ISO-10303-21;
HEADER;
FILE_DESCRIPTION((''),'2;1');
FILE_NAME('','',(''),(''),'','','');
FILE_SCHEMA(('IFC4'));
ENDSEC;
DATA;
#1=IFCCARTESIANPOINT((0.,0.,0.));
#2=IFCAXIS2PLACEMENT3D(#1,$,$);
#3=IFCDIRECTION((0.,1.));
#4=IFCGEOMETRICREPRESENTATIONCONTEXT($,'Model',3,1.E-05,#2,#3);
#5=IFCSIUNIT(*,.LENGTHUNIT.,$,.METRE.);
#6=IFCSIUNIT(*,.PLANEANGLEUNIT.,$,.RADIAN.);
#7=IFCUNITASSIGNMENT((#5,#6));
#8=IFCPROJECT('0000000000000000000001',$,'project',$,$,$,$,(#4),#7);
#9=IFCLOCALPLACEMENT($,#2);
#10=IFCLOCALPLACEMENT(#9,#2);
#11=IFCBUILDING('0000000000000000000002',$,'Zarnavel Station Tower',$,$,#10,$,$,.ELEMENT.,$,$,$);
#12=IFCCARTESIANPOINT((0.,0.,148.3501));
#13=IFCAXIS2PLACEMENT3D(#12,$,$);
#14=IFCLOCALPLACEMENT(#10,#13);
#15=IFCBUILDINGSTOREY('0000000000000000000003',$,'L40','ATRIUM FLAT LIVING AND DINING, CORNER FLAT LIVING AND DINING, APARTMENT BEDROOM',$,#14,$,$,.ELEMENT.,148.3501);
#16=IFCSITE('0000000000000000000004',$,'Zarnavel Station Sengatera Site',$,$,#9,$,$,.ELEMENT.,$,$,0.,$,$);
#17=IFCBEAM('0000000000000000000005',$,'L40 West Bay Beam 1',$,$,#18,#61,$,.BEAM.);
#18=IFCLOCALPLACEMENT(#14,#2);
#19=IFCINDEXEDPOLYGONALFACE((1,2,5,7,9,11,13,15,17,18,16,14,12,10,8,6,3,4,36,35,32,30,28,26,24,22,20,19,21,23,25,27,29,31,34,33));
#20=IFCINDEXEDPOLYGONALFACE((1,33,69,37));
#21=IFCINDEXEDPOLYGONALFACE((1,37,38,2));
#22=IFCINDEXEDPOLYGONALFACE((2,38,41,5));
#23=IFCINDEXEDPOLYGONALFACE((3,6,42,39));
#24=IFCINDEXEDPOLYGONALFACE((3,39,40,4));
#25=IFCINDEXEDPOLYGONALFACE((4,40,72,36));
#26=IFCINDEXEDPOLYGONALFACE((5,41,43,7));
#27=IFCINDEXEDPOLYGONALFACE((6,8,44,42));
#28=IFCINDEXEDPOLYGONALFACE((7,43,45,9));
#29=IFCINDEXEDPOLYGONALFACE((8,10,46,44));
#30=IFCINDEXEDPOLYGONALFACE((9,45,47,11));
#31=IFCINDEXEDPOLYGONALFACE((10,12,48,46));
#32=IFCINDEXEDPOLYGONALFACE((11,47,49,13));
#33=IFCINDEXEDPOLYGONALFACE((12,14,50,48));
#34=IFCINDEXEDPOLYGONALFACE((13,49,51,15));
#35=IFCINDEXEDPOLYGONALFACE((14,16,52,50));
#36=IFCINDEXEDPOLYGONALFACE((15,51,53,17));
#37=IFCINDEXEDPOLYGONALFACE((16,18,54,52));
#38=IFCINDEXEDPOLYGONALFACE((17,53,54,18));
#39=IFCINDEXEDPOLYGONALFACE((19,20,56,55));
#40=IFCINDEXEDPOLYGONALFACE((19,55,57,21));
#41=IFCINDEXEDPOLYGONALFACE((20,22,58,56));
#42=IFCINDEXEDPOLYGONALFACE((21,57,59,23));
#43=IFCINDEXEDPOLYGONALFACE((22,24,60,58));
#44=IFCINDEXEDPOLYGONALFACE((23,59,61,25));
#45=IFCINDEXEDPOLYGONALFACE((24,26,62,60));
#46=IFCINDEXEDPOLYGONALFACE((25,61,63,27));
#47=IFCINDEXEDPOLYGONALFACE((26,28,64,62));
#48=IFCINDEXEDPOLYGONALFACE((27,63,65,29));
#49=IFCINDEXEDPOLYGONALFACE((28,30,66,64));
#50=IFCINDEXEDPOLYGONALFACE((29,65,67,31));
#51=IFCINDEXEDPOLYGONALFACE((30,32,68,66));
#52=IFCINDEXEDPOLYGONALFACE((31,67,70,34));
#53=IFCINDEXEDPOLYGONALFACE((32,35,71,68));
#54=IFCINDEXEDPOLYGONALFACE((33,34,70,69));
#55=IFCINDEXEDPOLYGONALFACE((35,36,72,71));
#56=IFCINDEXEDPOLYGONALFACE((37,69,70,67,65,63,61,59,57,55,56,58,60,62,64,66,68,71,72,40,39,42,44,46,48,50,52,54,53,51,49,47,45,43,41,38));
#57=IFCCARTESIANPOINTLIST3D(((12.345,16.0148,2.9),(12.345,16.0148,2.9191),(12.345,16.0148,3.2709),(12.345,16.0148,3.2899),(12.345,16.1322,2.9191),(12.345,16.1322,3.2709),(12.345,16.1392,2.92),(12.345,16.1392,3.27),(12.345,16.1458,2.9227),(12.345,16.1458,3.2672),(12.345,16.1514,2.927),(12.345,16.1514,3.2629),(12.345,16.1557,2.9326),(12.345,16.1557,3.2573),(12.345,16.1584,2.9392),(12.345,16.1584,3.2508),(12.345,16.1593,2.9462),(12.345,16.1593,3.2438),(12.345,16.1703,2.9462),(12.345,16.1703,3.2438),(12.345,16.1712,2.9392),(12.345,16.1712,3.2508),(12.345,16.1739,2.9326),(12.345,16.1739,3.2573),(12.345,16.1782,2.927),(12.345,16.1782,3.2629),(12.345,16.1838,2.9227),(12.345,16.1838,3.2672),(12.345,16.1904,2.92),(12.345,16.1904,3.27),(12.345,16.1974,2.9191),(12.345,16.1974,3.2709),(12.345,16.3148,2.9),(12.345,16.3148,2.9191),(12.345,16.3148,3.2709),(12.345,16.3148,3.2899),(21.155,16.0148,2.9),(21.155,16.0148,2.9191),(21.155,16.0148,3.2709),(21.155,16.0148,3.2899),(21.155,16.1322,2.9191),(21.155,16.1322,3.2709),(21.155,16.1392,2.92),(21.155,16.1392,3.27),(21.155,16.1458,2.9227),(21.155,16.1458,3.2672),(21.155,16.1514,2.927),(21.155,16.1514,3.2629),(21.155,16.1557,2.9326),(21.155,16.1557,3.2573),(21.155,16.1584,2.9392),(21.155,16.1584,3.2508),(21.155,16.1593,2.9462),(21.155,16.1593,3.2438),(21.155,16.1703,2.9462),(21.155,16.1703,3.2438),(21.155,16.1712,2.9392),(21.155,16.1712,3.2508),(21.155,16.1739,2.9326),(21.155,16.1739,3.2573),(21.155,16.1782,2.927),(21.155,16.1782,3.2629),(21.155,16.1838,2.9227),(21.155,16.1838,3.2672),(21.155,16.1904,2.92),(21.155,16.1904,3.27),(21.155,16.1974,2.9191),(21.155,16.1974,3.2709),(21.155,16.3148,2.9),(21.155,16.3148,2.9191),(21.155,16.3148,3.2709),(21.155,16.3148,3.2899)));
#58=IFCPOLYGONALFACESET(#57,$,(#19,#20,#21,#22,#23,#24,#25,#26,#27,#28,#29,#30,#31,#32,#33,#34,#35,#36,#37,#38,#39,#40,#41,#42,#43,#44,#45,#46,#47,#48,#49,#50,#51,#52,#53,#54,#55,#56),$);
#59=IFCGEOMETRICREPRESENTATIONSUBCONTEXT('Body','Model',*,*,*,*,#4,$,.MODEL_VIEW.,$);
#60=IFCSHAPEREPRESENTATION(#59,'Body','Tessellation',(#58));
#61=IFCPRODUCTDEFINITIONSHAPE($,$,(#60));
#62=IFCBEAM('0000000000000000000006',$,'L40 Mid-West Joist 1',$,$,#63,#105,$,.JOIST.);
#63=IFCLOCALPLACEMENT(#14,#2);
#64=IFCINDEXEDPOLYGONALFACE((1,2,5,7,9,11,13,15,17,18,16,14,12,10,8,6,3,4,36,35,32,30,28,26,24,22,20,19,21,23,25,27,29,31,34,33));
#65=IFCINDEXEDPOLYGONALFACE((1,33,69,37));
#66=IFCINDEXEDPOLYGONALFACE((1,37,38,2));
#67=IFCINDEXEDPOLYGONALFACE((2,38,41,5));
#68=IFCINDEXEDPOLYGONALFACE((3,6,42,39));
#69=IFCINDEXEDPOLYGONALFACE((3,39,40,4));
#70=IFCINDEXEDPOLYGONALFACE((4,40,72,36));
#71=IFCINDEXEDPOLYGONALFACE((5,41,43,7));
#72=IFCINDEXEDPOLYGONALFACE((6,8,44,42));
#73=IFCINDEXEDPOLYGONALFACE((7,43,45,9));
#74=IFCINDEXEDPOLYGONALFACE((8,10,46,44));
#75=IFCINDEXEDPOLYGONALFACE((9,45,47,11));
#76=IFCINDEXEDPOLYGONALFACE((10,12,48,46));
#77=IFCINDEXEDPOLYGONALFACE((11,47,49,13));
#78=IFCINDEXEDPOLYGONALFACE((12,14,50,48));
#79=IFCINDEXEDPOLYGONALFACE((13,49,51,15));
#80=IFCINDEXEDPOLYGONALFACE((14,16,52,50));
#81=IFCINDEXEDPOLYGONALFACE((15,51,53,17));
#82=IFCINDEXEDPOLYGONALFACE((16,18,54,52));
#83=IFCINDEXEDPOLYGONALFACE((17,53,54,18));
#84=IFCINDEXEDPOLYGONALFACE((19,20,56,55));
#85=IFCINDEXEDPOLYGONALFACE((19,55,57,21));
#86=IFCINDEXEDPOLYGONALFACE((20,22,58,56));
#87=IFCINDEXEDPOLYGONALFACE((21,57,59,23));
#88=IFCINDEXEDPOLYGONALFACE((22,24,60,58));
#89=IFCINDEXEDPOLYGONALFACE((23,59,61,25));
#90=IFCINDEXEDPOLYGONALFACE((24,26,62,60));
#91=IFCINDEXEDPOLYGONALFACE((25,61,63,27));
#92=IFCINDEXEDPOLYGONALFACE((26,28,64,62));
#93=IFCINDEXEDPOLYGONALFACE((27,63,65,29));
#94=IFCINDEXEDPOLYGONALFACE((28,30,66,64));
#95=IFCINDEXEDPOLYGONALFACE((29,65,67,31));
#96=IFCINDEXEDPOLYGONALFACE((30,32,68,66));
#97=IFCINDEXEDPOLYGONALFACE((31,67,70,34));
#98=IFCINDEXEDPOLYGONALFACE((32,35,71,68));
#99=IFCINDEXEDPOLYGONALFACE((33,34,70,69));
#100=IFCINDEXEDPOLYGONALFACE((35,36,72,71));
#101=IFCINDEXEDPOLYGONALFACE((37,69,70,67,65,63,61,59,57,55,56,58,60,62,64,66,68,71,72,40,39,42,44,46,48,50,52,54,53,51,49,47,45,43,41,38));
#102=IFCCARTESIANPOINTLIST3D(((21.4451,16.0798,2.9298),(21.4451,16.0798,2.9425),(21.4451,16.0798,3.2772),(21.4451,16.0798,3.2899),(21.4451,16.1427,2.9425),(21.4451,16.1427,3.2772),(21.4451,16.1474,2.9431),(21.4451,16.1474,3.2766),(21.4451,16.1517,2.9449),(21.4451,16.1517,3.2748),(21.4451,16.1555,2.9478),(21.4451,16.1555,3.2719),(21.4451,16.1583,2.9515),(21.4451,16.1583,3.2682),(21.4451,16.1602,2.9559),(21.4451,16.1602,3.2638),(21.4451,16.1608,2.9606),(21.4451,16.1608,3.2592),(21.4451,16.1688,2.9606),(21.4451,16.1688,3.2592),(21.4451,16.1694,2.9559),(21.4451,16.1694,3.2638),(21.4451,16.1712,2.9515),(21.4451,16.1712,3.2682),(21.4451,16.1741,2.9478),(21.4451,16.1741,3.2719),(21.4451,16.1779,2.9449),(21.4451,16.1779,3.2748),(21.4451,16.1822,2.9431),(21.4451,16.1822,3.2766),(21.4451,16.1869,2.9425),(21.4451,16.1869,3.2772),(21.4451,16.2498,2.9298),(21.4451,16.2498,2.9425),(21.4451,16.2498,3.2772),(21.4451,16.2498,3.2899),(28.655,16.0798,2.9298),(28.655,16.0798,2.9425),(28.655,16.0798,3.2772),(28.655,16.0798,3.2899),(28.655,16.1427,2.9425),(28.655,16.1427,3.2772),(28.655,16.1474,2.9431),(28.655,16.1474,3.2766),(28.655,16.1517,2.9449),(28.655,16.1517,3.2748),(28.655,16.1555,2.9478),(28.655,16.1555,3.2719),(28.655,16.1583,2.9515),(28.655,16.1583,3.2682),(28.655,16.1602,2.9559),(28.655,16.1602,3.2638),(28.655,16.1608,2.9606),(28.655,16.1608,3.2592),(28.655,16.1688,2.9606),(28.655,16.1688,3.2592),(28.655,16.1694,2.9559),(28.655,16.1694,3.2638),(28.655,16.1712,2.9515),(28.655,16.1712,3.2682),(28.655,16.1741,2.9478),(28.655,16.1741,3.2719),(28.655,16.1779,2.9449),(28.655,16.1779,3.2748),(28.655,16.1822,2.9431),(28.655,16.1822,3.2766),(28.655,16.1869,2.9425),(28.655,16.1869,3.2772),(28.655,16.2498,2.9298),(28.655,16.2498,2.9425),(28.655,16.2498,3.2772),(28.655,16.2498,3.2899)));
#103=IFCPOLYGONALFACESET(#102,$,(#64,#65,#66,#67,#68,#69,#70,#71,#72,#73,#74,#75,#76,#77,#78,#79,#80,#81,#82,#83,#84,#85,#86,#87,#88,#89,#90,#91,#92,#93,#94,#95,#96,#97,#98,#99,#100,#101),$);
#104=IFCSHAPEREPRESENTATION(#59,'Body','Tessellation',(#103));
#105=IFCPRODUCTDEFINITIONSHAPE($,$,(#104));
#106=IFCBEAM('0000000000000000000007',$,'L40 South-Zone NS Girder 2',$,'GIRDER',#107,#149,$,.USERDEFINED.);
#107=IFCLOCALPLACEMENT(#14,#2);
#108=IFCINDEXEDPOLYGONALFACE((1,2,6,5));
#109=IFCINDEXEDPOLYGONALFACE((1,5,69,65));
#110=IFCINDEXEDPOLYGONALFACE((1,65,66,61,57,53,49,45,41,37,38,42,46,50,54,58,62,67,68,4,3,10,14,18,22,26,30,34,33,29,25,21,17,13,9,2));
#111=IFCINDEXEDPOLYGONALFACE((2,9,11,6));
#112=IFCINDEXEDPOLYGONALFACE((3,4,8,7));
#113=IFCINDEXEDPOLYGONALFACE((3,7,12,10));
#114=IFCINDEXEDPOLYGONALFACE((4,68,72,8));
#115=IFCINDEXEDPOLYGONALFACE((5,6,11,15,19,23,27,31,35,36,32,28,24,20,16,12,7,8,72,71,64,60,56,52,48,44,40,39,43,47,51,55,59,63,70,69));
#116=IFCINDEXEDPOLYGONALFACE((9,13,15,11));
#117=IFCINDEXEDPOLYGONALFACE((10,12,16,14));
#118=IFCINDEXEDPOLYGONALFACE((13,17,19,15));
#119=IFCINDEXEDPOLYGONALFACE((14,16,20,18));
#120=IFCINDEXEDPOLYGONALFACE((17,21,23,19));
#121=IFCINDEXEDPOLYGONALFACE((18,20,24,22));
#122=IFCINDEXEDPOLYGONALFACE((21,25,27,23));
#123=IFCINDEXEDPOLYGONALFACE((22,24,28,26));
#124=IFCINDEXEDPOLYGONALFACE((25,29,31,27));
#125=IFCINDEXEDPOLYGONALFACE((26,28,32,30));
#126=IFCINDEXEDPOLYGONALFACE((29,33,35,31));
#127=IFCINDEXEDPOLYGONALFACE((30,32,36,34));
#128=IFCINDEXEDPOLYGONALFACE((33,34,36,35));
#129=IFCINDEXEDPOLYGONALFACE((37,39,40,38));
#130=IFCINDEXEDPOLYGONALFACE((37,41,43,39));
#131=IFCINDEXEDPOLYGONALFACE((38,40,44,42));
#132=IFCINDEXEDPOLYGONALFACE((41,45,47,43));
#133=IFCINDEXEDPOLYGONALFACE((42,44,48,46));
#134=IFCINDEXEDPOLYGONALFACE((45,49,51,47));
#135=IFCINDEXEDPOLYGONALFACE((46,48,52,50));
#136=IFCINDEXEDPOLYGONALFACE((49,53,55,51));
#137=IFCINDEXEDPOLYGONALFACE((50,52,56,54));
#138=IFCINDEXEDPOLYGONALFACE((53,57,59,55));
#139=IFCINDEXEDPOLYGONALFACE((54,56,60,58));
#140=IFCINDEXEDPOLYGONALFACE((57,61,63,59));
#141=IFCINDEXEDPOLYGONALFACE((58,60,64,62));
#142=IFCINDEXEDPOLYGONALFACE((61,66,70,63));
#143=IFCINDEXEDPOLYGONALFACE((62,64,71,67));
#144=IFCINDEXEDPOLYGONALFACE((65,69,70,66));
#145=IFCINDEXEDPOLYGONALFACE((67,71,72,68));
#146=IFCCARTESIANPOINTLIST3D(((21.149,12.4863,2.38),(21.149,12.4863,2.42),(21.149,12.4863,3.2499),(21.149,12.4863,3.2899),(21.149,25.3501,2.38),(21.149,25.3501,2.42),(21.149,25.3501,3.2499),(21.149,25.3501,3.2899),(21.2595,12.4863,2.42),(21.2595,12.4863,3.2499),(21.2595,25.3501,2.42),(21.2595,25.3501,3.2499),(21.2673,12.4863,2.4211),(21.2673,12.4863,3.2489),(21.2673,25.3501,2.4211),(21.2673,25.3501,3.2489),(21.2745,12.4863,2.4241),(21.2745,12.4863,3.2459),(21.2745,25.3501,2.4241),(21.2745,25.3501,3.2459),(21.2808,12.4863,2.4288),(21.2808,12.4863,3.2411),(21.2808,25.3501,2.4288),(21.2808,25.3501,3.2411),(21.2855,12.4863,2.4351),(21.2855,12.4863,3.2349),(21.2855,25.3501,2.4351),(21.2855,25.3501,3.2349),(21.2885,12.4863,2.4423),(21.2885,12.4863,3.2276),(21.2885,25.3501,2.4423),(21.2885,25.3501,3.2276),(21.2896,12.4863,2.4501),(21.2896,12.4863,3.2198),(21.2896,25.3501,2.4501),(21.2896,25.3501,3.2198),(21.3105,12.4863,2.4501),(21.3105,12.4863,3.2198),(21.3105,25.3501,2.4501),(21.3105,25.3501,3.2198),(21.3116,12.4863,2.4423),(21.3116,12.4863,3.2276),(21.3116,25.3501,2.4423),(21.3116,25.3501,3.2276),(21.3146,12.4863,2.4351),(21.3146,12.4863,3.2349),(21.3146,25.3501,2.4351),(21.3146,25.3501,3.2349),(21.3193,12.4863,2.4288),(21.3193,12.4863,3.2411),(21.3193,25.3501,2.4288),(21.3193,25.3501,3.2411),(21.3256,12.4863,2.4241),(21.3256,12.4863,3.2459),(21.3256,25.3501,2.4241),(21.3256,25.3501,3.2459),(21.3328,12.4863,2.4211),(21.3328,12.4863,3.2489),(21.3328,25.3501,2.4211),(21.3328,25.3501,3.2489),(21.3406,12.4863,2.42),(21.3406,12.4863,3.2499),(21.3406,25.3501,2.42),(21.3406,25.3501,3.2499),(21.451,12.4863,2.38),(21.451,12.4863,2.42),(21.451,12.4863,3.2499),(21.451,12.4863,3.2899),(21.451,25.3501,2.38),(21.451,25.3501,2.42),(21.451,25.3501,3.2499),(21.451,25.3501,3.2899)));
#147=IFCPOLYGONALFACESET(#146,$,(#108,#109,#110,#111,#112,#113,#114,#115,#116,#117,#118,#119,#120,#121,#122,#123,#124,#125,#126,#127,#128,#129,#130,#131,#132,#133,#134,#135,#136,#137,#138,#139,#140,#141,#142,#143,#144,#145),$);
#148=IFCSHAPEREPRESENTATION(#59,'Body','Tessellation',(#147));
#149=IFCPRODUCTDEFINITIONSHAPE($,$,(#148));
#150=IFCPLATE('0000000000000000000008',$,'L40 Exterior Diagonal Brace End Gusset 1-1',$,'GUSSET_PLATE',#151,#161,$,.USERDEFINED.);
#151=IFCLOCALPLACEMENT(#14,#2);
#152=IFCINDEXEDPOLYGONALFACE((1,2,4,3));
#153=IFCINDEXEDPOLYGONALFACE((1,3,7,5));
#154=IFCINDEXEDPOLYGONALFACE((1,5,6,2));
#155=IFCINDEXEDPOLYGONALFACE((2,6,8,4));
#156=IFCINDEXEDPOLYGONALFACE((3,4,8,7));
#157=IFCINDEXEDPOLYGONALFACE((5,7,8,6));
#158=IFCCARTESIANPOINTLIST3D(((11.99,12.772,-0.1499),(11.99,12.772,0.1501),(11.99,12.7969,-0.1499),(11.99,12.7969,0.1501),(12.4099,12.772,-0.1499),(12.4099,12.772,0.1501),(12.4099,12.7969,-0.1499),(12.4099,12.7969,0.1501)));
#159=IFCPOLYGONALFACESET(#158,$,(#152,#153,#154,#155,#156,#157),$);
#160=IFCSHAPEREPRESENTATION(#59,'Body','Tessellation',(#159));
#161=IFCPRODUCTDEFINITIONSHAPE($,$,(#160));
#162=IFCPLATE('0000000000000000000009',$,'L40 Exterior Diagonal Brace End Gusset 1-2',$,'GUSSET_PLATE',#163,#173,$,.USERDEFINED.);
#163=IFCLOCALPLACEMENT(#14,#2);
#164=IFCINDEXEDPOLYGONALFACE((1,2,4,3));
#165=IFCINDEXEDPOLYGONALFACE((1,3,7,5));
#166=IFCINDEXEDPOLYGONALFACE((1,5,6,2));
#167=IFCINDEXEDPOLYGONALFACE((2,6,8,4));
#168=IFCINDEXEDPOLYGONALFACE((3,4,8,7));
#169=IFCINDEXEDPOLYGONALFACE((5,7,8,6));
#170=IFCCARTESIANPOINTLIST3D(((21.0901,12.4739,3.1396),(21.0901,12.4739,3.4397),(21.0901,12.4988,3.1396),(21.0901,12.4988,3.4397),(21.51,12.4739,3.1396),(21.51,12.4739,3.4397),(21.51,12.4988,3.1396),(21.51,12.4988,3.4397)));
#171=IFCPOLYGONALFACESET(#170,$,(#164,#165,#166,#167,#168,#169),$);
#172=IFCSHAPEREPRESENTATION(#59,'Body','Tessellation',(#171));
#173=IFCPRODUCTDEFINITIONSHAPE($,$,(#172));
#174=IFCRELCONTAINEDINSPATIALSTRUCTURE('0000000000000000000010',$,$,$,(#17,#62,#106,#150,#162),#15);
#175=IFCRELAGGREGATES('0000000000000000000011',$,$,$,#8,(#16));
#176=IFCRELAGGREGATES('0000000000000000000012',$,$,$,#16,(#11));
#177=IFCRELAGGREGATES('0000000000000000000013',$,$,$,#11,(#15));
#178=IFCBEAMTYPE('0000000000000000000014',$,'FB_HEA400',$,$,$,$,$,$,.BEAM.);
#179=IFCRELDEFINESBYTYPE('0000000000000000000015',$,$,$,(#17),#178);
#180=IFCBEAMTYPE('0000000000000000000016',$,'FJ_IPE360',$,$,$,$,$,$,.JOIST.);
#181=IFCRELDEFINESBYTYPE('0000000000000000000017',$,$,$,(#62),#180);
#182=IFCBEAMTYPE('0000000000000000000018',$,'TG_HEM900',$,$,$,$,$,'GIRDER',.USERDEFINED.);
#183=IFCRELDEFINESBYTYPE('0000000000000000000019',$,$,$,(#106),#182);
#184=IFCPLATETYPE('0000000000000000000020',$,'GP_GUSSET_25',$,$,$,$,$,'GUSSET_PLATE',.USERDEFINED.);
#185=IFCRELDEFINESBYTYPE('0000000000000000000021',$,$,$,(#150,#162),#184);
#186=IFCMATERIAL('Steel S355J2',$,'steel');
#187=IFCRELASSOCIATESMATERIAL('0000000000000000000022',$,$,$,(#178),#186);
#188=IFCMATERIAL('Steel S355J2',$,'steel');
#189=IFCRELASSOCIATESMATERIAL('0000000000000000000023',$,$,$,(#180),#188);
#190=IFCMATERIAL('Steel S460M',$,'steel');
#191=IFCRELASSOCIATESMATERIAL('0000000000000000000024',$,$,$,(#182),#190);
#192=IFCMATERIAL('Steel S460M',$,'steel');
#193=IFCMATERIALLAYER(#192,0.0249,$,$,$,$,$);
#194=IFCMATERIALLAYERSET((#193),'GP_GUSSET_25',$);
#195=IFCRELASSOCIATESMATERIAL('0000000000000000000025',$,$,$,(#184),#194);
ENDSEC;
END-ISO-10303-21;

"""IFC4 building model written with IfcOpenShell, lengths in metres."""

from ifc_helpers import new_model, si_unit, direction, frame, origin, origin_2d, place, context, subcontext, project, spatial, rectangle, i_section, extrude, material, layer, layer_set, material_profile, profile_set, type_object, element, save


model = new_model("IFC4")

# Units and contexts
model_context = context("Model", 3, precision=1e-05, world=origin(), true_north=direction((0.0, 1.0)))
body_context = subcontext(model_context, "Body", "Model", "MODEL_VIEW")
ifc_project = project(units=[si_unit("LENGTHUNIT", "METRE"), si_unit("PLANEANGLEUNIT", "RADIAN")], contexts=[model_context])

# Site, building, storey
site_placement = place(None, origin())
site = spatial("IfcSite", under=ifc_project, at=site_placement, Name="Zarnavel Station Sengatera Site", CompositionType="ELEMENT", RefElevation=0.0)
building_placement = place(site_placement, origin())
building = spatial("IfcBuilding", under=site, at=building_placement, Name="Zarnavel Station Tower", CompositionType="ELEMENT")
storey_placement = place(building_placement, frame((0.0, 0.0, 148.3501)))
storey = spatial("IfcBuildingStorey", under=building, at=storey_placement, Name="L40", Description="ATRIUM FLAT LIVING AND DINING, CORNER FLAT LIVING AND DINING, APARTMENT BEDROOM", CompositionType="ELEMENT", Elevation=148.3501)

# Beams
ifc_material_1 = material(Name="Steel S355J2", Category="steel")
ifc_material_profile_1 = material_profile(ifc_material_1, i_section(OverallWidth=0.3, OverallDepth=0.3899, WebThickness=0.011, FlangeThickness=0.019, FilletRadius=0.0271, at=origin_2d()), Name="HEA400")
ifc_profile_set_1 = profile_set([ifc_material_profile_1], Name="Steel S355J2")
beam_type_1 = type_object("IfcBeamType", Name="FB_HEA400", PredefinedType="BEAM", material=ifc_profile_set_1)
beam_1_placement = place(storey_placement, frame((12.345, 16.1648, 3.095), z_axis=(1.0, 0.0, 0.0), x_axis=(0.0, 1.0, 0.0)))
element("IfcBeam", 1, at=beam_1_placement, inside=storey, type_object=beam_type_1, Name="L40 West Bay Beam 1", PredefinedType="BEAM", context=body_context, shape_type="SweptSolid", body=[
    extrude(i_section(OverallWidth=0.3, OverallDepth=0.3899, WebThickness=0.011, FlangeThickness=0.019, FilletRadius=0.0271, at=origin_2d()), origin(), (0.0, 0.0, 1.0), 8.8101),
])
ifc_material_2 = material(Name="Steel S355J2", Category="steel")
ifc_material_profile_2 = material_profile(ifc_material_2, i_section(OverallWidth=0.1699, OverallDepth=0.3601, WebThickness=0.0081, FlangeThickness=0.0127, FilletRadius=0.0181, at=origin_2d()), Name="IPE360")
ifc_profile_set_2 = profile_set([ifc_material_profile_2], Name="Steel S355J2")
beam_type_2 = type_object("IfcBeamType", Name="FJ_IPE360", PredefinedType="JOIST", material=ifc_profile_set_2)
beam_2_placement = place(storey_placement, frame((21.4451, 16.1648, 3.1099), z_axis=(1.0, 0.0, 0.0), x_axis=(0.0, 1.0, 0.0)))
element("IfcBeam", 2, at=beam_2_placement, inside=storey, type_object=beam_type_2, Name="L40 Mid-West Joist 1", PredefinedType="JOIST", context=body_context, shape_type="SweptSolid", body=[
    extrude(i_section(OverallWidth=0.1699, OverallDepth=0.3601, WebThickness=0.0081, FlangeThickness=0.0127, FilletRadius=0.0181, at=origin_2d()), origin(), (0.0, 0.0, 1.0), 7.21),
])
ifc_material_3 = material(Name="Steel S460M", Category="steel")
ifc_material_profile_3 = material_profile(ifc_material_3, i_section(OverallWidth=0.302, OverallDepth=0.9099, WebThickness=0.021, FlangeThickness=0.04, FilletRadius=0.03, at=origin_2d()), Name="HEM900")
ifc_profile_set_3 = profile_set([ifc_material_profile_3], Name="Steel S460M")
beam_type_3 = type_object("IfcBeamType", Name="TG_HEM900", ElementType="GIRDER", PredefinedType="USERDEFINED", material=ifc_profile_set_3)
beam_3_placement = place(storey_placement, frame((21.3, 12.4863, 2.835), z_axis=(0.0, 1.0, 0.0), x_axis=(-1.0, 0.0, 0.0)))
element("IfcBeam", 3, at=beam_3_placement, inside=storey, type_object=beam_type_3, Name="L40 South-Zone NS Girder 2", ObjectType="GIRDER", PredefinedType="USERDEFINED", context=body_context, shape_type="SweptSolid", body=[
    extrude(i_section(OverallWidth=0.302, OverallDepth=0.9099, WebThickness=0.021, FlangeThickness=0.04, FilletRadius=0.03, at=origin_2d()), origin(), (0.0, 0.0, 1.0), 12.8638),
])

# Plates
ifc_material_4 = material(Name="Steel S460M", Category="steel")
ifc_layer_1 = layer(ifc_material_4, 0.0249)
ifc_layer_set_1 = layer_set([ifc_layer_1], Name="GP_GUSSET_25")
plate_type = type_object("IfcPlateType", Name="GP_GUSSET_25", ElementType="GUSSET_PLATE", PredefinedType="USERDEFINED", material=ifc_layer_set_1)
for number, where, z_axis, x_axis, name in (
    (4, (12.2, 12.7844, -0.1499), (0.0, 0.0, 1.0), (1.0, 0.0, 0.0), "L40 Exterior Diagonal Brace End Gusset 1-1"),
    (5, (21.3, 12.4863, 3.1396), (0.0, 0.0, 1.0), (1.0, 0.0, 0.0), "L40 Exterior Diagonal Brace End Gusset 1-2"),
):
    element("IfcPlate", number, at=place(storey_placement, frame(where, z_axis=z_axis, x_axis=x_axis)), inside=storey, type_object=plate_type, Name=name, ObjectType="GUSSET_PLATE", PredefinedType="USERDEFINED", context=body_context, shape_type="SweptSolid", body=[
        extrude(rectangle(XDim=0.4199, YDim=0.0249, at=origin_2d()), origin(), (0.0, 0.0, 1.0), 0.3),
    ])

save(model, "model.ifc")
